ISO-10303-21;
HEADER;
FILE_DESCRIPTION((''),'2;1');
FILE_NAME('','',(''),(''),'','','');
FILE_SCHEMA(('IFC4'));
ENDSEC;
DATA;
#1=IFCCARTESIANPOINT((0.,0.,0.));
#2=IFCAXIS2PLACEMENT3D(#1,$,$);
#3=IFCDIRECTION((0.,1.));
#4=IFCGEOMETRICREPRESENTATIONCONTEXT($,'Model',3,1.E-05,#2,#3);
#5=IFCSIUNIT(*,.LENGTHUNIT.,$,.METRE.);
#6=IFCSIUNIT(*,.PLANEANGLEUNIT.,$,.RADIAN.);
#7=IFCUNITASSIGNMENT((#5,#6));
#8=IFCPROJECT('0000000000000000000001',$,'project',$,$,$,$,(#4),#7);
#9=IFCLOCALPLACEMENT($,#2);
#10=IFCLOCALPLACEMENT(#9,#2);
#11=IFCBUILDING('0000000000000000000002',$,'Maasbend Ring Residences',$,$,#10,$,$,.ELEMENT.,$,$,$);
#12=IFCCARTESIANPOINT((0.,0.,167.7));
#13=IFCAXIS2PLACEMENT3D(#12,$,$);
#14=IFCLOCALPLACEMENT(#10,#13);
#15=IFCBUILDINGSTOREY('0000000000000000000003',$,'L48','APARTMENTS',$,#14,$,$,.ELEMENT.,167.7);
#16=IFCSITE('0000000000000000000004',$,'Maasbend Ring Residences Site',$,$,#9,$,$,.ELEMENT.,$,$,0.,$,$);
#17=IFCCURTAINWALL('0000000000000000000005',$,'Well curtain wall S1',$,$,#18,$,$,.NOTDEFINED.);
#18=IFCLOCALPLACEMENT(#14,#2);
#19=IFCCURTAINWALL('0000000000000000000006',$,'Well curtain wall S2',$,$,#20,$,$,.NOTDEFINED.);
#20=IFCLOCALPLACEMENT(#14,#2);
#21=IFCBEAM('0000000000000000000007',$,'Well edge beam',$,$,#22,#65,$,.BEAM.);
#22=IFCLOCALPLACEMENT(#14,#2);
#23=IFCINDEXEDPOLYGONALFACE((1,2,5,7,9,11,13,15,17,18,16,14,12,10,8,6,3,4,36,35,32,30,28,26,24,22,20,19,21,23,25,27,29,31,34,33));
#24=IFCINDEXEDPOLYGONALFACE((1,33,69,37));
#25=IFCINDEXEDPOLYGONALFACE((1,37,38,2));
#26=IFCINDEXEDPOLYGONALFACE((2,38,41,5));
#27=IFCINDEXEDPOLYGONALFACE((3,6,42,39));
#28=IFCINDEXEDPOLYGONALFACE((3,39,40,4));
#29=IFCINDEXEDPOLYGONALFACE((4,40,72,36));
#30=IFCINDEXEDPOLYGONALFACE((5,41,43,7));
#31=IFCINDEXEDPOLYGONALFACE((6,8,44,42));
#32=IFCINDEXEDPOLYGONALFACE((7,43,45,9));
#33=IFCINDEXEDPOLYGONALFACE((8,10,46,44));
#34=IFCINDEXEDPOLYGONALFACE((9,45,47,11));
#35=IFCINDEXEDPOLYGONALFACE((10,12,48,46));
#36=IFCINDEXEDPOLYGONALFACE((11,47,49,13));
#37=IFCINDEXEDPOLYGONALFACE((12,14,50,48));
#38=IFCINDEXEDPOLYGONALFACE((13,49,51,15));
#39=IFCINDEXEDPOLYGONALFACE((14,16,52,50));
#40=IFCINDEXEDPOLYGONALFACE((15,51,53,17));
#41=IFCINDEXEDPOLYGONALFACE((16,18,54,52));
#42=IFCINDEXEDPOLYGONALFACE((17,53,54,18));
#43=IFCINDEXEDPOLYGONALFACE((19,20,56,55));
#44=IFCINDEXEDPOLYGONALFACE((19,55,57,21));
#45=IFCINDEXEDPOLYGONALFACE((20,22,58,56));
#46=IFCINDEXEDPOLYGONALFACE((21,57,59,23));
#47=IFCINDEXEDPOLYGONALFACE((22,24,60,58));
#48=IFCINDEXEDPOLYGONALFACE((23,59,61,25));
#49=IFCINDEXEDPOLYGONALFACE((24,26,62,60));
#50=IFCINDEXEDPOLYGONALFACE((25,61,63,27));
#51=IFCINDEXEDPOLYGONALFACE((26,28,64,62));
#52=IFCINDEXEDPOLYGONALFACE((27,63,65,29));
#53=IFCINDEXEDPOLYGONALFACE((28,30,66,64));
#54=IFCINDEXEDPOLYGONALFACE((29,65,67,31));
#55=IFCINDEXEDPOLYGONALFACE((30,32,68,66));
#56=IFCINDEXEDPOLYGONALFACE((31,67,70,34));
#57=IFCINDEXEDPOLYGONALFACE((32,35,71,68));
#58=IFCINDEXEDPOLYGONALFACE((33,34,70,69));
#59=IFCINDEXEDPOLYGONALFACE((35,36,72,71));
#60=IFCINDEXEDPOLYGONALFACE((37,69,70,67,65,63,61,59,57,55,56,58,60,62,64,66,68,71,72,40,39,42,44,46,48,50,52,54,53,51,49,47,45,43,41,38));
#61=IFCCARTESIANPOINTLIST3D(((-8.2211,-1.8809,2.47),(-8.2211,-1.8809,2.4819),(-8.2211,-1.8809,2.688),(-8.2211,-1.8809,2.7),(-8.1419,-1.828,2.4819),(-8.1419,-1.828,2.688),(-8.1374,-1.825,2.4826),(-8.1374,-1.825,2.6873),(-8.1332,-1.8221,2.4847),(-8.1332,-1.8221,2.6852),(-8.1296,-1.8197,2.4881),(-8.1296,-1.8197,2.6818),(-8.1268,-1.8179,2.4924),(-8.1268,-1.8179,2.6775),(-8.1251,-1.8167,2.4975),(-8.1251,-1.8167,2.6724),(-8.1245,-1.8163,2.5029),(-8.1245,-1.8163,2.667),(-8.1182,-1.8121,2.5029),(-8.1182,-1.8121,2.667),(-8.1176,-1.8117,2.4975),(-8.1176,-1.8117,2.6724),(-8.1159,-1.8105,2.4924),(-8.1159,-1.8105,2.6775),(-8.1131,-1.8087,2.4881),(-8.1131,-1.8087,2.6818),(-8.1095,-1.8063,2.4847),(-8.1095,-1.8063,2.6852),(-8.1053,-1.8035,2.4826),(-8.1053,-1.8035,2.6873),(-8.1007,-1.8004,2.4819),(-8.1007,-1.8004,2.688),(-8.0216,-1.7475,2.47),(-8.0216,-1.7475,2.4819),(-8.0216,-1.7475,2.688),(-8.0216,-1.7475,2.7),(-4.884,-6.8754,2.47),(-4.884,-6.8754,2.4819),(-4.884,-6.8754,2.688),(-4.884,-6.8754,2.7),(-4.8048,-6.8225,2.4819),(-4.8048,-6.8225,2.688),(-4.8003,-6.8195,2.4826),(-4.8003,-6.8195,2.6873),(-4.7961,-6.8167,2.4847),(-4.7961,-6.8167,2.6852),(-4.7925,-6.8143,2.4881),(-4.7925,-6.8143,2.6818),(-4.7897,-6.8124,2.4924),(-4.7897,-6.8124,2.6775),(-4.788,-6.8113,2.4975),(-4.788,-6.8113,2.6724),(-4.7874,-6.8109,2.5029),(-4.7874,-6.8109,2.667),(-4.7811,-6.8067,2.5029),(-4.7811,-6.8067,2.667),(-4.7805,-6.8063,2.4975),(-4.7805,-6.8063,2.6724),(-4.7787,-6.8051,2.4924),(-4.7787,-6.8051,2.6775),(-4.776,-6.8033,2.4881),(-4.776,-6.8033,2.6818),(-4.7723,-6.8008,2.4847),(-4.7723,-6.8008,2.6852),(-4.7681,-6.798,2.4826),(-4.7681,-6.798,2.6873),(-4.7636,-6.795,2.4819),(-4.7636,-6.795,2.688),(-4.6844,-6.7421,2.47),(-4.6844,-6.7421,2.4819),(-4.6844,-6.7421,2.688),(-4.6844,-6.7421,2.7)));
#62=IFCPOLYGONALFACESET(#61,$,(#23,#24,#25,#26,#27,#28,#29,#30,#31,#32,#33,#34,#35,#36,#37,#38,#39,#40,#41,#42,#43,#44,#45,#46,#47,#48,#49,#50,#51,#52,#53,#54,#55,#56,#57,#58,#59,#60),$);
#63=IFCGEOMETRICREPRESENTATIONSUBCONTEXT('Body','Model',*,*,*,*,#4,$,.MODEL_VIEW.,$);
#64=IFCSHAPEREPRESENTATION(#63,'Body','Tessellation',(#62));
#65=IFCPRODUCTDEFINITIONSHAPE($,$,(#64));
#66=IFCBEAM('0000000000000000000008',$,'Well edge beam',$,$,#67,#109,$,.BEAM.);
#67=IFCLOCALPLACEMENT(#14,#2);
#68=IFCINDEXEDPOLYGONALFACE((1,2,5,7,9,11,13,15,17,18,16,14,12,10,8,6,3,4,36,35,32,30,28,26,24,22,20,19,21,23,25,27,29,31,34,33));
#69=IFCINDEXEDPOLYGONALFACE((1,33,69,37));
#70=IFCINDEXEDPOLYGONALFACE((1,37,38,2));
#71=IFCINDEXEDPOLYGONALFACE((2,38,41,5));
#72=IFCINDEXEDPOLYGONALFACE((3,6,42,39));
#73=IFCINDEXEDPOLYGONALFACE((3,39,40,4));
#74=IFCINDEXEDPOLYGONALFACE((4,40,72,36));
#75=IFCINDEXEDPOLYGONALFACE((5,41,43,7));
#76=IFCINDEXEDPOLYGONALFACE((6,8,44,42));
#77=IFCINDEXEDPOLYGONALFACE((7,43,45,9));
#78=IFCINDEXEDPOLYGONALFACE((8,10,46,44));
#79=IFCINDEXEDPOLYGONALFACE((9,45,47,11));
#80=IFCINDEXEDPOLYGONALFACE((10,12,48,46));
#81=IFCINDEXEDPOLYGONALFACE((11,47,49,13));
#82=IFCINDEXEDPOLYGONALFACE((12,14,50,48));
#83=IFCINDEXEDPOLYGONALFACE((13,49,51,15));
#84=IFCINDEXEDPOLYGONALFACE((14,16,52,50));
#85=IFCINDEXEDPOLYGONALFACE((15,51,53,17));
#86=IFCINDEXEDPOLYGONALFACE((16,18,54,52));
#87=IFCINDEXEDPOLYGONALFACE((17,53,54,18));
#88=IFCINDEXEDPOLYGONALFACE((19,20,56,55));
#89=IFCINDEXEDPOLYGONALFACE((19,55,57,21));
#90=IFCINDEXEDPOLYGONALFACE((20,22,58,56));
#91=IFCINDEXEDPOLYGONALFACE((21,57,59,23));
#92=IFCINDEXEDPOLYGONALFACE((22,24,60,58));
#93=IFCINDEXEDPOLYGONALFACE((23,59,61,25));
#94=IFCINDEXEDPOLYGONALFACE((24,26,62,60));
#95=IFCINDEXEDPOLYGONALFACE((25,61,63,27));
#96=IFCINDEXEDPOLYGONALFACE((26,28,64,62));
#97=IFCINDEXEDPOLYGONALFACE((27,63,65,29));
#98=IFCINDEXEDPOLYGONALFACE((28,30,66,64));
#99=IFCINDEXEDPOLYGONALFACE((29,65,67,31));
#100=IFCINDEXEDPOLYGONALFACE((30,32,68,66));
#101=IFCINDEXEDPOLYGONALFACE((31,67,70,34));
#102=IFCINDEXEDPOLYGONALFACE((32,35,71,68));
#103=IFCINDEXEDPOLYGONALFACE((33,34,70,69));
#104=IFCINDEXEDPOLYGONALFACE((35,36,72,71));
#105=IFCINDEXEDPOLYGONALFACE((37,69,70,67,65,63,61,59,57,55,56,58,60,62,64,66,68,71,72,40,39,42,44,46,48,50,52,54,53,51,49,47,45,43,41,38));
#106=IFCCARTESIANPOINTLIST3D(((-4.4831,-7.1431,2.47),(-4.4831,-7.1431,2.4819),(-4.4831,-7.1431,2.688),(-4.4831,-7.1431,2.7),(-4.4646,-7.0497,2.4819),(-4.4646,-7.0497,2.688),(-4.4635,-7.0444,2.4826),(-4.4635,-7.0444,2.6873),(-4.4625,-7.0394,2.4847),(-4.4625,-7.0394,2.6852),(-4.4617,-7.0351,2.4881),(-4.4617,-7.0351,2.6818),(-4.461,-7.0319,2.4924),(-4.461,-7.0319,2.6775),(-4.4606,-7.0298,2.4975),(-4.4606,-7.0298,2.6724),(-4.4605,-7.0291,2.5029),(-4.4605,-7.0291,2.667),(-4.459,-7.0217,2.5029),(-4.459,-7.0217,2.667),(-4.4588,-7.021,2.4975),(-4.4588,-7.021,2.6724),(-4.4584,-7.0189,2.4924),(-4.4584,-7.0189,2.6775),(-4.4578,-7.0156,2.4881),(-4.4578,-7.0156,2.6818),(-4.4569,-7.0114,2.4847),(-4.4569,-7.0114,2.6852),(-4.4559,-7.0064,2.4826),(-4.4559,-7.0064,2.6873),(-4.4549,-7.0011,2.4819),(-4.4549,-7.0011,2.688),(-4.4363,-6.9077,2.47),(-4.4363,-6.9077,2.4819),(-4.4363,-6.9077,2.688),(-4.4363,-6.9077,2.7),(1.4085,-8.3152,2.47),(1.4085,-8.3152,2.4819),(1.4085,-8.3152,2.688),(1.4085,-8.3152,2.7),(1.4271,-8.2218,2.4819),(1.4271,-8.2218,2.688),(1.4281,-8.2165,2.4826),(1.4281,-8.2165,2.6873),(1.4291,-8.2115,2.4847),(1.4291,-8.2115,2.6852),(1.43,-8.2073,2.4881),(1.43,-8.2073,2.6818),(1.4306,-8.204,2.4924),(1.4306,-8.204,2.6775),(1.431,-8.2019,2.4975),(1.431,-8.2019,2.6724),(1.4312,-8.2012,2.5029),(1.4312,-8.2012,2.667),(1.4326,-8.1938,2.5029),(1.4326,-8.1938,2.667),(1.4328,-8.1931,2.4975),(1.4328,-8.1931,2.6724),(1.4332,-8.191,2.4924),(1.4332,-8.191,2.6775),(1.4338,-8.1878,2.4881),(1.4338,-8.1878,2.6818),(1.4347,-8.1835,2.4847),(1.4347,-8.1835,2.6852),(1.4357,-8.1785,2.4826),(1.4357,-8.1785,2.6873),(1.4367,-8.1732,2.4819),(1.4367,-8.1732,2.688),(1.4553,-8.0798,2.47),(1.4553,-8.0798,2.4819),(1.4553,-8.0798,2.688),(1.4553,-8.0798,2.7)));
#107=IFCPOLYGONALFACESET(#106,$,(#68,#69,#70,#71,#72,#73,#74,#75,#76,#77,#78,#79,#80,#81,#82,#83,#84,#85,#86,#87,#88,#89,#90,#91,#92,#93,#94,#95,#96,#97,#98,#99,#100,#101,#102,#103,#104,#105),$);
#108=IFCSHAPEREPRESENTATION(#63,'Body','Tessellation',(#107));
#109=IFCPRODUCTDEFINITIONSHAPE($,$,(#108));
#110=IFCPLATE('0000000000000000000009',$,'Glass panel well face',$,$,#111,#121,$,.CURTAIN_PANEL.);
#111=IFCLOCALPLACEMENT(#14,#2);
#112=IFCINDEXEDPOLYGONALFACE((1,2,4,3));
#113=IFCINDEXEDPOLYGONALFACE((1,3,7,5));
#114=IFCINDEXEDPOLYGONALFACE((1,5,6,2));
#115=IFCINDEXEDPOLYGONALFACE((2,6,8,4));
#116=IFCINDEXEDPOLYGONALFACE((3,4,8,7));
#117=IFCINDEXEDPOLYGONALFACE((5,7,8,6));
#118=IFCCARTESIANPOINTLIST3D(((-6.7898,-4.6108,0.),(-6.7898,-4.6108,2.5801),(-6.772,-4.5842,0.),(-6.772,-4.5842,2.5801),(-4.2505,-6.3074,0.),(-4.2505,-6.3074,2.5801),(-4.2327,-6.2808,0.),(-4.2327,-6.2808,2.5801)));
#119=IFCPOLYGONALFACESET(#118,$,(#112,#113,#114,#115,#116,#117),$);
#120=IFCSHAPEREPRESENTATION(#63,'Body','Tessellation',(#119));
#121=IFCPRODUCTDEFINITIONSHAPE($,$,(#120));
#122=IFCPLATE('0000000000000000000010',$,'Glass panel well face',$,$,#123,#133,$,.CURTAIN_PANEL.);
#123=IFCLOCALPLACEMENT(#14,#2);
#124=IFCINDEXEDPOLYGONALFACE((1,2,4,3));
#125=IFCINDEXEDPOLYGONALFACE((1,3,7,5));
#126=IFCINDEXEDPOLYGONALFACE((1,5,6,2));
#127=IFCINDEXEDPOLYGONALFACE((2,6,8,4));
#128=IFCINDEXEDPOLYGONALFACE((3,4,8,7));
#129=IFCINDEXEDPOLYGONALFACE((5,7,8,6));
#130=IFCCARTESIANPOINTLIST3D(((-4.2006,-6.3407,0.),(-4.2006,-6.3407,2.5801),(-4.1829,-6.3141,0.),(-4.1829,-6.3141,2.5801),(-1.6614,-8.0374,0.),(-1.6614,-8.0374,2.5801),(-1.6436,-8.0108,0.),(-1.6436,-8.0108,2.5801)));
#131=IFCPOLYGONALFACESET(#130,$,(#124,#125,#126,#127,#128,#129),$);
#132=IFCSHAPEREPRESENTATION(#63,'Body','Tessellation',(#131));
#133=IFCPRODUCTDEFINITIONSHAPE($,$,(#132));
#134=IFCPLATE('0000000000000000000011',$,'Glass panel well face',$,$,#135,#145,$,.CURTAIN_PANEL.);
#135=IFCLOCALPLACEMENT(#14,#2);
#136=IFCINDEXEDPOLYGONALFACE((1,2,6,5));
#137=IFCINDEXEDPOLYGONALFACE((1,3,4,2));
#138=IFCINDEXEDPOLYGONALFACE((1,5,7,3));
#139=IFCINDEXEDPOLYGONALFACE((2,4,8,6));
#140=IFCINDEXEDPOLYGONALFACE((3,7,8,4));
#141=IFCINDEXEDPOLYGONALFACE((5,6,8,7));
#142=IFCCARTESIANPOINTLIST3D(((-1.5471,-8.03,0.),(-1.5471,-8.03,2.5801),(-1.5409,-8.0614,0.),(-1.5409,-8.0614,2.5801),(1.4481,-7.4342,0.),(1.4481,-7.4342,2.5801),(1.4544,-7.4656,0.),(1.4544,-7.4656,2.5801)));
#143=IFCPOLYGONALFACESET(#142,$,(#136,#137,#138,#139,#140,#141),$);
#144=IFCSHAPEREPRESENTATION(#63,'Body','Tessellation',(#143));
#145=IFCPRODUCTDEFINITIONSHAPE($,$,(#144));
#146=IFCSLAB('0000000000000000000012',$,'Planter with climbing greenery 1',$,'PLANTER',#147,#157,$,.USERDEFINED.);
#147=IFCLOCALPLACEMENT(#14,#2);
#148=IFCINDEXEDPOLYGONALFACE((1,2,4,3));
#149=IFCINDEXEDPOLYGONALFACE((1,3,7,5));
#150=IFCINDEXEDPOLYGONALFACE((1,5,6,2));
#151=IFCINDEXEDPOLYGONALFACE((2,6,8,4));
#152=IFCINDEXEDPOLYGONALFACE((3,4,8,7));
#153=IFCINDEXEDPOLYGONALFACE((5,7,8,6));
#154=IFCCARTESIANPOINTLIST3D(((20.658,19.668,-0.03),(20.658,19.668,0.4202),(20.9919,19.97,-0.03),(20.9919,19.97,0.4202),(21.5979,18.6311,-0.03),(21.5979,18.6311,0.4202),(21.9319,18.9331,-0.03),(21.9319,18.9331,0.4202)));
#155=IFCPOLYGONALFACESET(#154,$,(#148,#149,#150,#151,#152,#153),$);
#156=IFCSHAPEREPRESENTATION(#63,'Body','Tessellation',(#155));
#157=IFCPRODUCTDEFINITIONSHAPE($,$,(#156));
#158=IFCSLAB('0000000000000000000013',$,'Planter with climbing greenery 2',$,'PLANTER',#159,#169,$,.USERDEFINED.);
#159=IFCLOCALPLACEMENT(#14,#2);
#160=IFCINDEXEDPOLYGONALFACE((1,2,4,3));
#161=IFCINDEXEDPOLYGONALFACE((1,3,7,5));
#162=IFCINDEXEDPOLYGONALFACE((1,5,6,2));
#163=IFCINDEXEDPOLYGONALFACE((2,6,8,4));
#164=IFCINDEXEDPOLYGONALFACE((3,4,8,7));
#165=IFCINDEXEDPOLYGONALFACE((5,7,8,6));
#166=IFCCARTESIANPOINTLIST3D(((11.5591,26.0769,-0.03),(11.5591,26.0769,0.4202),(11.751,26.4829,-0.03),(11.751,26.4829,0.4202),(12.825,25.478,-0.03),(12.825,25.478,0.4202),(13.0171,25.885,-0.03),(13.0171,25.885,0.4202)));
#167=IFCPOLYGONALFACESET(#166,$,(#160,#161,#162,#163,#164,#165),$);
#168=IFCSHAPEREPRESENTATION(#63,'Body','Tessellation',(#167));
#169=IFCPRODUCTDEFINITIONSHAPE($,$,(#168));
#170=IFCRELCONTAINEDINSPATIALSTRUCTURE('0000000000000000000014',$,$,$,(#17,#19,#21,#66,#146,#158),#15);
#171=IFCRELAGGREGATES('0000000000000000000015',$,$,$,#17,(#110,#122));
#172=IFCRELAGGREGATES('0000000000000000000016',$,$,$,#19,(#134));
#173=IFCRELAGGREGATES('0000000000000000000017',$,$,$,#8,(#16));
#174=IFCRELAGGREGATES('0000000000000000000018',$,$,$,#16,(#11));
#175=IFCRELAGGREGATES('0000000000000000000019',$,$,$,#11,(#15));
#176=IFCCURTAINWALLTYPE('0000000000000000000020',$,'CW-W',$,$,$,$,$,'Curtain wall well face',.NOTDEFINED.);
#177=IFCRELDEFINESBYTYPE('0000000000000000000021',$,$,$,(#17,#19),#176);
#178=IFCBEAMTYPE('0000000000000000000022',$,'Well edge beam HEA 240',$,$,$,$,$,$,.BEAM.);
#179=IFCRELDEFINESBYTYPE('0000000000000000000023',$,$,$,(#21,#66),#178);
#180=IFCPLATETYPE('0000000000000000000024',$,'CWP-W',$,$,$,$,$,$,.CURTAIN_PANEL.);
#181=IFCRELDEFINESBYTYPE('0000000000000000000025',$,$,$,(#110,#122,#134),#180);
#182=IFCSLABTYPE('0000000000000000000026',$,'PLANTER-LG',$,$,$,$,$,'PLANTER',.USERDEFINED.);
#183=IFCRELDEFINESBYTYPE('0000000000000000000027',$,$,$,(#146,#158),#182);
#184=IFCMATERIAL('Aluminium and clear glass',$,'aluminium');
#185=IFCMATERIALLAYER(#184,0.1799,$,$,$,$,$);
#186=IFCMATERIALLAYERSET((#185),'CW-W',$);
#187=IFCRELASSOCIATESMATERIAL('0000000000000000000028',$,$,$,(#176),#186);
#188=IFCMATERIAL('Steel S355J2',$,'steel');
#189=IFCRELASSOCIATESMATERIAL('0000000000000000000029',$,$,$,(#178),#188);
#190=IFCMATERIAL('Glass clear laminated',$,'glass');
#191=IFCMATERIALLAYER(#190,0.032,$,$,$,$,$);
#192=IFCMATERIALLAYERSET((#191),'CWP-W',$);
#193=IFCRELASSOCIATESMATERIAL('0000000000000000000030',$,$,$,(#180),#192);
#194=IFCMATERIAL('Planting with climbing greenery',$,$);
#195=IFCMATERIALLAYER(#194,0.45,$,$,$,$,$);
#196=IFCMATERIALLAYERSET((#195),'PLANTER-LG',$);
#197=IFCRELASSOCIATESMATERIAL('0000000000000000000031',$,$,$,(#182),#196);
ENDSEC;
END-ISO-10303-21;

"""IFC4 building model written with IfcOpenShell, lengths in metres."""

from ifc_helpers import new_model, si_unit, direction, frame, origin, origin_2d, place, context, subcontext, project, spatial, polyline, rectangle, i_section, outline, extrude, material, layer, layer_set, material_profile, profile_set, type_object, element, aggregate, save


model = new_model("IFC4")

# Units and contexts
model_context = context("Model", 3, precision=1e-05, world=origin(), true_north=direction((0.0, 1.0)))
body_context = subcontext(model_context, "Body", "Model", "MODEL_VIEW")
ifc_project = project(units=[si_unit("LENGTHUNIT", "METRE"), si_unit("PLANEANGLEUNIT", "RADIAN")], contexts=[model_context])

# Site, building, storey
site_placement = place(None, origin())
site = spatial("IfcSite", under=ifc_project, at=site_placement, Name="Maasbend Ring Residences Site", CompositionType="ELEMENT", RefElevation=0.0)
building_placement = place(site_placement, origin())
building = spatial("IfcBuilding", under=site, at=building_placement, Name="Maasbend Ring Residences", CompositionType="ELEMENT")
storey_placement = place(building_placement, frame((0.0, 0.0, 167.7)))
storey = spatial("IfcBuildingStorey", under=building, at=storey_placement, Name="L48", Description="APARTMENTS", CompositionType="ELEMENT", Elevation=167.7)

# Curtain wall
ifc_material_1 = material(Name="Aluminium and clear glass", Category="aluminium")
ifc_layer_1 = layer(ifc_material_1, 0.1799)
ifc_layer_set_1 = layer_set([ifc_layer_1], Name="CW-W")
curtain_wall_type = type_object("IfcCurtainWallType", Name="CW-W", ElementType="Curtain wall well face", PredefinedType="NOTDEFINED", material=ifc_layer_set_1)
curtain_wall_1_placement = place(storey_placement, origin())
curtain_wall_1 = element("IfcCurtainWall", 1, at=curtain_wall_1_placement, inside=storey, type_object=curtain_wall_type, Name="Well curtain wall S1", PredefinedType="NOTDEFINED")

# Curtain wall
curtain_wall_2_placement = place(storey_placement, origin())
curtain_wall_2 = element("IfcCurtainWall", 2, at=curtain_wall_2_placement, inside=storey, type_object=curtain_wall_type, Name="Well curtain wall S2", PredefinedType="NOTDEFINED")

# Beams
ifc_material_2 = material(Name="Steel S355J2", Category="steel")
ifc_material_profile_1 = material_profile(ifc_material_2, i_section(OverallWidth=0.24, OverallDepth=0.23, WebThickness=0.0076, FlangeThickness=0.012, FilletRadius=0.021, at=origin_2d()), Name="HEA 240")
ifc_profile_set_1 = profile_set([ifc_material_profile_1], Name="Steel S355J2")
beam_type = type_object("IfcBeamType", Name="Well edge beam HEA 240", PredefinedType="BEAM", material=ifc_profile_set_1)
beam_1_placement = place(storey_placement, frame((-8.1213, -1.8142, 2.585), z_axis=(0.555553, -0.831481, 0.0), x_axis=(0.831481, 0.555553, 0.0)))
element("IfcBeam", 3, at=beam_1_placement, inside=storey, type_object=beam_type, Name="Well edge beam", PredefinedType="BEAM", context=body_context, shape_type="SweptSolid", body=[
    extrude(i_section(OverallWidth=0.24, OverallDepth=0.23, WebThickness=0.0076, FlangeThickness=0.012, FilletRadius=0.021, at=origin_2d()), origin(), (0.0, 0.0, 1.0), 6.0068),
])
beam_2_placement = place(storey_placement, frame((-4.4597, -7.0254, 2.585), z_axis=(0.980779, -0.195123, 0.0), x_axis=(0.195123, 0.980779, 0.0)))
element("IfcBeam", 4, at=beam_2_placement, inside=storey, type_object=beam_type, Name="Well edge beam", PredefinedType="BEAM", context=body_context, shape_type="SweptSolid", body=[
    extrude(i_section(OverallWidth=0.24, OverallDepth=0.23, WebThickness=0.0076, FlangeThickness=0.012, FilletRadius=0.021, at=origin_2d()), origin(), (0.0, 0.0, 1.0), 6.0071),
])

# Plates
ifc_material_3 = material(Name="Glass clear laminated", Category="glass")
ifc_layer_2 = layer(ifc_material_3, 0.032)
ifc_layer_set_2 = layer_set([ifc_layer_2], Name="CWP-W")
plate_type = type_object("IfcPlateType", Name="CWP-W", PredefinedType="CURTAIN_PANEL", material=ifc_layer_set_2)
plate_1_placement = place(storey_placement, frame((-5.5112, -5.4458, 0.0), z_axis=(0.0, 0.0, 1.0), x_axis=(0.83147, -0.55557, 0.0)))
plate_1 = element("IfcPlate", 5, at=plate_1_placement, type_object=plate_type, Name="Glass panel well face", PredefinedType="CURTAIN_PANEL", context=body_context, shape_type="SweptSolid", body=[
    extrude(rectangle(XDim=3.054, YDim=0.032, at=origin_2d()), origin(), (0.0, 0.0, 1.0), 2.5801),
])
plate_2_placement = place(storey_placement, frame((-2.9221, -7.1758, 0.0), z_axis=(0.0, 0.0, 1.0), x_axis=(0.83147, -0.55557, 0.0)))
plate_2 = element("IfcPlate", 6, at=plate_2_placement, type_object=plate_type, Name="Glass panel well face", PredefinedType="CURTAIN_PANEL", context=body_context, shape_type="SweptSolid", body=[
    extrude(rectangle(XDim=3.054, YDim=0.032, at=origin_2d()), origin(), (0.0, 0.0, 1.0), 2.5801),
])
aggregate(curtain_wall_1, [plate_1, plate_2])
plate_3_placement = place(storey_placement, frame((-0.0464, -7.7478, 0.0), z_axis=(0.0, 0.0, 1.0), x_axis=(0.980785, 0.19509, 0.0)))
plate_3 = element("IfcPlate", 7, at=plate_3_placement, type_object=plate_type, Name="Glass panel well face", PredefinedType="CURTAIN_PANEL", context=body_context, shape_type="SweptSolid", body=[
    extrude(rectangle(XDim=3.054, YDim=0.032, at=origin_2d()), origin(), (0.0, 0.0, 1.0), 2.5801),
])
aggregate(curtain_wall_2, [plate_3])

# Slabs
ifc_material_4 = material(Name="Planting with climbing greenery")
ifc_layer_3 = layer(ifc_material_4, 0.45)
ifc_layer_set_3 = layer_set([ifc_layer_3], Name="PLANTER-LG")
slab_type_1 = type_object("IfcSlabType", Name="PLANTER-LG", ElementType="PLANTER", PredefinedType="USERDEFINED", material=ifc_layer_set_3)
slab_1_placement = place(storey_placement, frame((0.0, 0.0, -0.03)))
element("IfcSlab", 8, at=slab_1_placement, inside=storey, type_object=slab_type_1, Name="Planter with climbing greenery 1", ObjectType="PLANTER", PredefinedType="USERDEFINED", context=body_context, shape_type="SweptSolid", body=[
    extrude(outline(polyline([(21.9319, 18.9331), (20.9919, 19.97), (20.658, 19.668), (21.5979, 18.6311), (21.9319, 18.9331)])), origin(), (0.0, 0.0, 1.0), 0.4502),
])
slab_2_placement = place(storey_placement, frame((0.0, 0.0, -0.03)))
element("IfcSlab", 9, at=slab_2_placement, inside=storey, type_object=slab_type_1, Name="Planter with climbing greenery 2", ObjectType="PLANTER", PredefinedType="USERDEFINED", context=body_context, shape_type="SweptSolid", body=[
    extrude(outline(polyline([(13.0171, 25.885), (11.751, 26.4829), (11.5591, 26.0769), (12.825, 25.478), (13.0171, 25.885)])), origin(), (0.0, 0.0, 1.0), 0.4502),
])

save(model, "model.ifc")
